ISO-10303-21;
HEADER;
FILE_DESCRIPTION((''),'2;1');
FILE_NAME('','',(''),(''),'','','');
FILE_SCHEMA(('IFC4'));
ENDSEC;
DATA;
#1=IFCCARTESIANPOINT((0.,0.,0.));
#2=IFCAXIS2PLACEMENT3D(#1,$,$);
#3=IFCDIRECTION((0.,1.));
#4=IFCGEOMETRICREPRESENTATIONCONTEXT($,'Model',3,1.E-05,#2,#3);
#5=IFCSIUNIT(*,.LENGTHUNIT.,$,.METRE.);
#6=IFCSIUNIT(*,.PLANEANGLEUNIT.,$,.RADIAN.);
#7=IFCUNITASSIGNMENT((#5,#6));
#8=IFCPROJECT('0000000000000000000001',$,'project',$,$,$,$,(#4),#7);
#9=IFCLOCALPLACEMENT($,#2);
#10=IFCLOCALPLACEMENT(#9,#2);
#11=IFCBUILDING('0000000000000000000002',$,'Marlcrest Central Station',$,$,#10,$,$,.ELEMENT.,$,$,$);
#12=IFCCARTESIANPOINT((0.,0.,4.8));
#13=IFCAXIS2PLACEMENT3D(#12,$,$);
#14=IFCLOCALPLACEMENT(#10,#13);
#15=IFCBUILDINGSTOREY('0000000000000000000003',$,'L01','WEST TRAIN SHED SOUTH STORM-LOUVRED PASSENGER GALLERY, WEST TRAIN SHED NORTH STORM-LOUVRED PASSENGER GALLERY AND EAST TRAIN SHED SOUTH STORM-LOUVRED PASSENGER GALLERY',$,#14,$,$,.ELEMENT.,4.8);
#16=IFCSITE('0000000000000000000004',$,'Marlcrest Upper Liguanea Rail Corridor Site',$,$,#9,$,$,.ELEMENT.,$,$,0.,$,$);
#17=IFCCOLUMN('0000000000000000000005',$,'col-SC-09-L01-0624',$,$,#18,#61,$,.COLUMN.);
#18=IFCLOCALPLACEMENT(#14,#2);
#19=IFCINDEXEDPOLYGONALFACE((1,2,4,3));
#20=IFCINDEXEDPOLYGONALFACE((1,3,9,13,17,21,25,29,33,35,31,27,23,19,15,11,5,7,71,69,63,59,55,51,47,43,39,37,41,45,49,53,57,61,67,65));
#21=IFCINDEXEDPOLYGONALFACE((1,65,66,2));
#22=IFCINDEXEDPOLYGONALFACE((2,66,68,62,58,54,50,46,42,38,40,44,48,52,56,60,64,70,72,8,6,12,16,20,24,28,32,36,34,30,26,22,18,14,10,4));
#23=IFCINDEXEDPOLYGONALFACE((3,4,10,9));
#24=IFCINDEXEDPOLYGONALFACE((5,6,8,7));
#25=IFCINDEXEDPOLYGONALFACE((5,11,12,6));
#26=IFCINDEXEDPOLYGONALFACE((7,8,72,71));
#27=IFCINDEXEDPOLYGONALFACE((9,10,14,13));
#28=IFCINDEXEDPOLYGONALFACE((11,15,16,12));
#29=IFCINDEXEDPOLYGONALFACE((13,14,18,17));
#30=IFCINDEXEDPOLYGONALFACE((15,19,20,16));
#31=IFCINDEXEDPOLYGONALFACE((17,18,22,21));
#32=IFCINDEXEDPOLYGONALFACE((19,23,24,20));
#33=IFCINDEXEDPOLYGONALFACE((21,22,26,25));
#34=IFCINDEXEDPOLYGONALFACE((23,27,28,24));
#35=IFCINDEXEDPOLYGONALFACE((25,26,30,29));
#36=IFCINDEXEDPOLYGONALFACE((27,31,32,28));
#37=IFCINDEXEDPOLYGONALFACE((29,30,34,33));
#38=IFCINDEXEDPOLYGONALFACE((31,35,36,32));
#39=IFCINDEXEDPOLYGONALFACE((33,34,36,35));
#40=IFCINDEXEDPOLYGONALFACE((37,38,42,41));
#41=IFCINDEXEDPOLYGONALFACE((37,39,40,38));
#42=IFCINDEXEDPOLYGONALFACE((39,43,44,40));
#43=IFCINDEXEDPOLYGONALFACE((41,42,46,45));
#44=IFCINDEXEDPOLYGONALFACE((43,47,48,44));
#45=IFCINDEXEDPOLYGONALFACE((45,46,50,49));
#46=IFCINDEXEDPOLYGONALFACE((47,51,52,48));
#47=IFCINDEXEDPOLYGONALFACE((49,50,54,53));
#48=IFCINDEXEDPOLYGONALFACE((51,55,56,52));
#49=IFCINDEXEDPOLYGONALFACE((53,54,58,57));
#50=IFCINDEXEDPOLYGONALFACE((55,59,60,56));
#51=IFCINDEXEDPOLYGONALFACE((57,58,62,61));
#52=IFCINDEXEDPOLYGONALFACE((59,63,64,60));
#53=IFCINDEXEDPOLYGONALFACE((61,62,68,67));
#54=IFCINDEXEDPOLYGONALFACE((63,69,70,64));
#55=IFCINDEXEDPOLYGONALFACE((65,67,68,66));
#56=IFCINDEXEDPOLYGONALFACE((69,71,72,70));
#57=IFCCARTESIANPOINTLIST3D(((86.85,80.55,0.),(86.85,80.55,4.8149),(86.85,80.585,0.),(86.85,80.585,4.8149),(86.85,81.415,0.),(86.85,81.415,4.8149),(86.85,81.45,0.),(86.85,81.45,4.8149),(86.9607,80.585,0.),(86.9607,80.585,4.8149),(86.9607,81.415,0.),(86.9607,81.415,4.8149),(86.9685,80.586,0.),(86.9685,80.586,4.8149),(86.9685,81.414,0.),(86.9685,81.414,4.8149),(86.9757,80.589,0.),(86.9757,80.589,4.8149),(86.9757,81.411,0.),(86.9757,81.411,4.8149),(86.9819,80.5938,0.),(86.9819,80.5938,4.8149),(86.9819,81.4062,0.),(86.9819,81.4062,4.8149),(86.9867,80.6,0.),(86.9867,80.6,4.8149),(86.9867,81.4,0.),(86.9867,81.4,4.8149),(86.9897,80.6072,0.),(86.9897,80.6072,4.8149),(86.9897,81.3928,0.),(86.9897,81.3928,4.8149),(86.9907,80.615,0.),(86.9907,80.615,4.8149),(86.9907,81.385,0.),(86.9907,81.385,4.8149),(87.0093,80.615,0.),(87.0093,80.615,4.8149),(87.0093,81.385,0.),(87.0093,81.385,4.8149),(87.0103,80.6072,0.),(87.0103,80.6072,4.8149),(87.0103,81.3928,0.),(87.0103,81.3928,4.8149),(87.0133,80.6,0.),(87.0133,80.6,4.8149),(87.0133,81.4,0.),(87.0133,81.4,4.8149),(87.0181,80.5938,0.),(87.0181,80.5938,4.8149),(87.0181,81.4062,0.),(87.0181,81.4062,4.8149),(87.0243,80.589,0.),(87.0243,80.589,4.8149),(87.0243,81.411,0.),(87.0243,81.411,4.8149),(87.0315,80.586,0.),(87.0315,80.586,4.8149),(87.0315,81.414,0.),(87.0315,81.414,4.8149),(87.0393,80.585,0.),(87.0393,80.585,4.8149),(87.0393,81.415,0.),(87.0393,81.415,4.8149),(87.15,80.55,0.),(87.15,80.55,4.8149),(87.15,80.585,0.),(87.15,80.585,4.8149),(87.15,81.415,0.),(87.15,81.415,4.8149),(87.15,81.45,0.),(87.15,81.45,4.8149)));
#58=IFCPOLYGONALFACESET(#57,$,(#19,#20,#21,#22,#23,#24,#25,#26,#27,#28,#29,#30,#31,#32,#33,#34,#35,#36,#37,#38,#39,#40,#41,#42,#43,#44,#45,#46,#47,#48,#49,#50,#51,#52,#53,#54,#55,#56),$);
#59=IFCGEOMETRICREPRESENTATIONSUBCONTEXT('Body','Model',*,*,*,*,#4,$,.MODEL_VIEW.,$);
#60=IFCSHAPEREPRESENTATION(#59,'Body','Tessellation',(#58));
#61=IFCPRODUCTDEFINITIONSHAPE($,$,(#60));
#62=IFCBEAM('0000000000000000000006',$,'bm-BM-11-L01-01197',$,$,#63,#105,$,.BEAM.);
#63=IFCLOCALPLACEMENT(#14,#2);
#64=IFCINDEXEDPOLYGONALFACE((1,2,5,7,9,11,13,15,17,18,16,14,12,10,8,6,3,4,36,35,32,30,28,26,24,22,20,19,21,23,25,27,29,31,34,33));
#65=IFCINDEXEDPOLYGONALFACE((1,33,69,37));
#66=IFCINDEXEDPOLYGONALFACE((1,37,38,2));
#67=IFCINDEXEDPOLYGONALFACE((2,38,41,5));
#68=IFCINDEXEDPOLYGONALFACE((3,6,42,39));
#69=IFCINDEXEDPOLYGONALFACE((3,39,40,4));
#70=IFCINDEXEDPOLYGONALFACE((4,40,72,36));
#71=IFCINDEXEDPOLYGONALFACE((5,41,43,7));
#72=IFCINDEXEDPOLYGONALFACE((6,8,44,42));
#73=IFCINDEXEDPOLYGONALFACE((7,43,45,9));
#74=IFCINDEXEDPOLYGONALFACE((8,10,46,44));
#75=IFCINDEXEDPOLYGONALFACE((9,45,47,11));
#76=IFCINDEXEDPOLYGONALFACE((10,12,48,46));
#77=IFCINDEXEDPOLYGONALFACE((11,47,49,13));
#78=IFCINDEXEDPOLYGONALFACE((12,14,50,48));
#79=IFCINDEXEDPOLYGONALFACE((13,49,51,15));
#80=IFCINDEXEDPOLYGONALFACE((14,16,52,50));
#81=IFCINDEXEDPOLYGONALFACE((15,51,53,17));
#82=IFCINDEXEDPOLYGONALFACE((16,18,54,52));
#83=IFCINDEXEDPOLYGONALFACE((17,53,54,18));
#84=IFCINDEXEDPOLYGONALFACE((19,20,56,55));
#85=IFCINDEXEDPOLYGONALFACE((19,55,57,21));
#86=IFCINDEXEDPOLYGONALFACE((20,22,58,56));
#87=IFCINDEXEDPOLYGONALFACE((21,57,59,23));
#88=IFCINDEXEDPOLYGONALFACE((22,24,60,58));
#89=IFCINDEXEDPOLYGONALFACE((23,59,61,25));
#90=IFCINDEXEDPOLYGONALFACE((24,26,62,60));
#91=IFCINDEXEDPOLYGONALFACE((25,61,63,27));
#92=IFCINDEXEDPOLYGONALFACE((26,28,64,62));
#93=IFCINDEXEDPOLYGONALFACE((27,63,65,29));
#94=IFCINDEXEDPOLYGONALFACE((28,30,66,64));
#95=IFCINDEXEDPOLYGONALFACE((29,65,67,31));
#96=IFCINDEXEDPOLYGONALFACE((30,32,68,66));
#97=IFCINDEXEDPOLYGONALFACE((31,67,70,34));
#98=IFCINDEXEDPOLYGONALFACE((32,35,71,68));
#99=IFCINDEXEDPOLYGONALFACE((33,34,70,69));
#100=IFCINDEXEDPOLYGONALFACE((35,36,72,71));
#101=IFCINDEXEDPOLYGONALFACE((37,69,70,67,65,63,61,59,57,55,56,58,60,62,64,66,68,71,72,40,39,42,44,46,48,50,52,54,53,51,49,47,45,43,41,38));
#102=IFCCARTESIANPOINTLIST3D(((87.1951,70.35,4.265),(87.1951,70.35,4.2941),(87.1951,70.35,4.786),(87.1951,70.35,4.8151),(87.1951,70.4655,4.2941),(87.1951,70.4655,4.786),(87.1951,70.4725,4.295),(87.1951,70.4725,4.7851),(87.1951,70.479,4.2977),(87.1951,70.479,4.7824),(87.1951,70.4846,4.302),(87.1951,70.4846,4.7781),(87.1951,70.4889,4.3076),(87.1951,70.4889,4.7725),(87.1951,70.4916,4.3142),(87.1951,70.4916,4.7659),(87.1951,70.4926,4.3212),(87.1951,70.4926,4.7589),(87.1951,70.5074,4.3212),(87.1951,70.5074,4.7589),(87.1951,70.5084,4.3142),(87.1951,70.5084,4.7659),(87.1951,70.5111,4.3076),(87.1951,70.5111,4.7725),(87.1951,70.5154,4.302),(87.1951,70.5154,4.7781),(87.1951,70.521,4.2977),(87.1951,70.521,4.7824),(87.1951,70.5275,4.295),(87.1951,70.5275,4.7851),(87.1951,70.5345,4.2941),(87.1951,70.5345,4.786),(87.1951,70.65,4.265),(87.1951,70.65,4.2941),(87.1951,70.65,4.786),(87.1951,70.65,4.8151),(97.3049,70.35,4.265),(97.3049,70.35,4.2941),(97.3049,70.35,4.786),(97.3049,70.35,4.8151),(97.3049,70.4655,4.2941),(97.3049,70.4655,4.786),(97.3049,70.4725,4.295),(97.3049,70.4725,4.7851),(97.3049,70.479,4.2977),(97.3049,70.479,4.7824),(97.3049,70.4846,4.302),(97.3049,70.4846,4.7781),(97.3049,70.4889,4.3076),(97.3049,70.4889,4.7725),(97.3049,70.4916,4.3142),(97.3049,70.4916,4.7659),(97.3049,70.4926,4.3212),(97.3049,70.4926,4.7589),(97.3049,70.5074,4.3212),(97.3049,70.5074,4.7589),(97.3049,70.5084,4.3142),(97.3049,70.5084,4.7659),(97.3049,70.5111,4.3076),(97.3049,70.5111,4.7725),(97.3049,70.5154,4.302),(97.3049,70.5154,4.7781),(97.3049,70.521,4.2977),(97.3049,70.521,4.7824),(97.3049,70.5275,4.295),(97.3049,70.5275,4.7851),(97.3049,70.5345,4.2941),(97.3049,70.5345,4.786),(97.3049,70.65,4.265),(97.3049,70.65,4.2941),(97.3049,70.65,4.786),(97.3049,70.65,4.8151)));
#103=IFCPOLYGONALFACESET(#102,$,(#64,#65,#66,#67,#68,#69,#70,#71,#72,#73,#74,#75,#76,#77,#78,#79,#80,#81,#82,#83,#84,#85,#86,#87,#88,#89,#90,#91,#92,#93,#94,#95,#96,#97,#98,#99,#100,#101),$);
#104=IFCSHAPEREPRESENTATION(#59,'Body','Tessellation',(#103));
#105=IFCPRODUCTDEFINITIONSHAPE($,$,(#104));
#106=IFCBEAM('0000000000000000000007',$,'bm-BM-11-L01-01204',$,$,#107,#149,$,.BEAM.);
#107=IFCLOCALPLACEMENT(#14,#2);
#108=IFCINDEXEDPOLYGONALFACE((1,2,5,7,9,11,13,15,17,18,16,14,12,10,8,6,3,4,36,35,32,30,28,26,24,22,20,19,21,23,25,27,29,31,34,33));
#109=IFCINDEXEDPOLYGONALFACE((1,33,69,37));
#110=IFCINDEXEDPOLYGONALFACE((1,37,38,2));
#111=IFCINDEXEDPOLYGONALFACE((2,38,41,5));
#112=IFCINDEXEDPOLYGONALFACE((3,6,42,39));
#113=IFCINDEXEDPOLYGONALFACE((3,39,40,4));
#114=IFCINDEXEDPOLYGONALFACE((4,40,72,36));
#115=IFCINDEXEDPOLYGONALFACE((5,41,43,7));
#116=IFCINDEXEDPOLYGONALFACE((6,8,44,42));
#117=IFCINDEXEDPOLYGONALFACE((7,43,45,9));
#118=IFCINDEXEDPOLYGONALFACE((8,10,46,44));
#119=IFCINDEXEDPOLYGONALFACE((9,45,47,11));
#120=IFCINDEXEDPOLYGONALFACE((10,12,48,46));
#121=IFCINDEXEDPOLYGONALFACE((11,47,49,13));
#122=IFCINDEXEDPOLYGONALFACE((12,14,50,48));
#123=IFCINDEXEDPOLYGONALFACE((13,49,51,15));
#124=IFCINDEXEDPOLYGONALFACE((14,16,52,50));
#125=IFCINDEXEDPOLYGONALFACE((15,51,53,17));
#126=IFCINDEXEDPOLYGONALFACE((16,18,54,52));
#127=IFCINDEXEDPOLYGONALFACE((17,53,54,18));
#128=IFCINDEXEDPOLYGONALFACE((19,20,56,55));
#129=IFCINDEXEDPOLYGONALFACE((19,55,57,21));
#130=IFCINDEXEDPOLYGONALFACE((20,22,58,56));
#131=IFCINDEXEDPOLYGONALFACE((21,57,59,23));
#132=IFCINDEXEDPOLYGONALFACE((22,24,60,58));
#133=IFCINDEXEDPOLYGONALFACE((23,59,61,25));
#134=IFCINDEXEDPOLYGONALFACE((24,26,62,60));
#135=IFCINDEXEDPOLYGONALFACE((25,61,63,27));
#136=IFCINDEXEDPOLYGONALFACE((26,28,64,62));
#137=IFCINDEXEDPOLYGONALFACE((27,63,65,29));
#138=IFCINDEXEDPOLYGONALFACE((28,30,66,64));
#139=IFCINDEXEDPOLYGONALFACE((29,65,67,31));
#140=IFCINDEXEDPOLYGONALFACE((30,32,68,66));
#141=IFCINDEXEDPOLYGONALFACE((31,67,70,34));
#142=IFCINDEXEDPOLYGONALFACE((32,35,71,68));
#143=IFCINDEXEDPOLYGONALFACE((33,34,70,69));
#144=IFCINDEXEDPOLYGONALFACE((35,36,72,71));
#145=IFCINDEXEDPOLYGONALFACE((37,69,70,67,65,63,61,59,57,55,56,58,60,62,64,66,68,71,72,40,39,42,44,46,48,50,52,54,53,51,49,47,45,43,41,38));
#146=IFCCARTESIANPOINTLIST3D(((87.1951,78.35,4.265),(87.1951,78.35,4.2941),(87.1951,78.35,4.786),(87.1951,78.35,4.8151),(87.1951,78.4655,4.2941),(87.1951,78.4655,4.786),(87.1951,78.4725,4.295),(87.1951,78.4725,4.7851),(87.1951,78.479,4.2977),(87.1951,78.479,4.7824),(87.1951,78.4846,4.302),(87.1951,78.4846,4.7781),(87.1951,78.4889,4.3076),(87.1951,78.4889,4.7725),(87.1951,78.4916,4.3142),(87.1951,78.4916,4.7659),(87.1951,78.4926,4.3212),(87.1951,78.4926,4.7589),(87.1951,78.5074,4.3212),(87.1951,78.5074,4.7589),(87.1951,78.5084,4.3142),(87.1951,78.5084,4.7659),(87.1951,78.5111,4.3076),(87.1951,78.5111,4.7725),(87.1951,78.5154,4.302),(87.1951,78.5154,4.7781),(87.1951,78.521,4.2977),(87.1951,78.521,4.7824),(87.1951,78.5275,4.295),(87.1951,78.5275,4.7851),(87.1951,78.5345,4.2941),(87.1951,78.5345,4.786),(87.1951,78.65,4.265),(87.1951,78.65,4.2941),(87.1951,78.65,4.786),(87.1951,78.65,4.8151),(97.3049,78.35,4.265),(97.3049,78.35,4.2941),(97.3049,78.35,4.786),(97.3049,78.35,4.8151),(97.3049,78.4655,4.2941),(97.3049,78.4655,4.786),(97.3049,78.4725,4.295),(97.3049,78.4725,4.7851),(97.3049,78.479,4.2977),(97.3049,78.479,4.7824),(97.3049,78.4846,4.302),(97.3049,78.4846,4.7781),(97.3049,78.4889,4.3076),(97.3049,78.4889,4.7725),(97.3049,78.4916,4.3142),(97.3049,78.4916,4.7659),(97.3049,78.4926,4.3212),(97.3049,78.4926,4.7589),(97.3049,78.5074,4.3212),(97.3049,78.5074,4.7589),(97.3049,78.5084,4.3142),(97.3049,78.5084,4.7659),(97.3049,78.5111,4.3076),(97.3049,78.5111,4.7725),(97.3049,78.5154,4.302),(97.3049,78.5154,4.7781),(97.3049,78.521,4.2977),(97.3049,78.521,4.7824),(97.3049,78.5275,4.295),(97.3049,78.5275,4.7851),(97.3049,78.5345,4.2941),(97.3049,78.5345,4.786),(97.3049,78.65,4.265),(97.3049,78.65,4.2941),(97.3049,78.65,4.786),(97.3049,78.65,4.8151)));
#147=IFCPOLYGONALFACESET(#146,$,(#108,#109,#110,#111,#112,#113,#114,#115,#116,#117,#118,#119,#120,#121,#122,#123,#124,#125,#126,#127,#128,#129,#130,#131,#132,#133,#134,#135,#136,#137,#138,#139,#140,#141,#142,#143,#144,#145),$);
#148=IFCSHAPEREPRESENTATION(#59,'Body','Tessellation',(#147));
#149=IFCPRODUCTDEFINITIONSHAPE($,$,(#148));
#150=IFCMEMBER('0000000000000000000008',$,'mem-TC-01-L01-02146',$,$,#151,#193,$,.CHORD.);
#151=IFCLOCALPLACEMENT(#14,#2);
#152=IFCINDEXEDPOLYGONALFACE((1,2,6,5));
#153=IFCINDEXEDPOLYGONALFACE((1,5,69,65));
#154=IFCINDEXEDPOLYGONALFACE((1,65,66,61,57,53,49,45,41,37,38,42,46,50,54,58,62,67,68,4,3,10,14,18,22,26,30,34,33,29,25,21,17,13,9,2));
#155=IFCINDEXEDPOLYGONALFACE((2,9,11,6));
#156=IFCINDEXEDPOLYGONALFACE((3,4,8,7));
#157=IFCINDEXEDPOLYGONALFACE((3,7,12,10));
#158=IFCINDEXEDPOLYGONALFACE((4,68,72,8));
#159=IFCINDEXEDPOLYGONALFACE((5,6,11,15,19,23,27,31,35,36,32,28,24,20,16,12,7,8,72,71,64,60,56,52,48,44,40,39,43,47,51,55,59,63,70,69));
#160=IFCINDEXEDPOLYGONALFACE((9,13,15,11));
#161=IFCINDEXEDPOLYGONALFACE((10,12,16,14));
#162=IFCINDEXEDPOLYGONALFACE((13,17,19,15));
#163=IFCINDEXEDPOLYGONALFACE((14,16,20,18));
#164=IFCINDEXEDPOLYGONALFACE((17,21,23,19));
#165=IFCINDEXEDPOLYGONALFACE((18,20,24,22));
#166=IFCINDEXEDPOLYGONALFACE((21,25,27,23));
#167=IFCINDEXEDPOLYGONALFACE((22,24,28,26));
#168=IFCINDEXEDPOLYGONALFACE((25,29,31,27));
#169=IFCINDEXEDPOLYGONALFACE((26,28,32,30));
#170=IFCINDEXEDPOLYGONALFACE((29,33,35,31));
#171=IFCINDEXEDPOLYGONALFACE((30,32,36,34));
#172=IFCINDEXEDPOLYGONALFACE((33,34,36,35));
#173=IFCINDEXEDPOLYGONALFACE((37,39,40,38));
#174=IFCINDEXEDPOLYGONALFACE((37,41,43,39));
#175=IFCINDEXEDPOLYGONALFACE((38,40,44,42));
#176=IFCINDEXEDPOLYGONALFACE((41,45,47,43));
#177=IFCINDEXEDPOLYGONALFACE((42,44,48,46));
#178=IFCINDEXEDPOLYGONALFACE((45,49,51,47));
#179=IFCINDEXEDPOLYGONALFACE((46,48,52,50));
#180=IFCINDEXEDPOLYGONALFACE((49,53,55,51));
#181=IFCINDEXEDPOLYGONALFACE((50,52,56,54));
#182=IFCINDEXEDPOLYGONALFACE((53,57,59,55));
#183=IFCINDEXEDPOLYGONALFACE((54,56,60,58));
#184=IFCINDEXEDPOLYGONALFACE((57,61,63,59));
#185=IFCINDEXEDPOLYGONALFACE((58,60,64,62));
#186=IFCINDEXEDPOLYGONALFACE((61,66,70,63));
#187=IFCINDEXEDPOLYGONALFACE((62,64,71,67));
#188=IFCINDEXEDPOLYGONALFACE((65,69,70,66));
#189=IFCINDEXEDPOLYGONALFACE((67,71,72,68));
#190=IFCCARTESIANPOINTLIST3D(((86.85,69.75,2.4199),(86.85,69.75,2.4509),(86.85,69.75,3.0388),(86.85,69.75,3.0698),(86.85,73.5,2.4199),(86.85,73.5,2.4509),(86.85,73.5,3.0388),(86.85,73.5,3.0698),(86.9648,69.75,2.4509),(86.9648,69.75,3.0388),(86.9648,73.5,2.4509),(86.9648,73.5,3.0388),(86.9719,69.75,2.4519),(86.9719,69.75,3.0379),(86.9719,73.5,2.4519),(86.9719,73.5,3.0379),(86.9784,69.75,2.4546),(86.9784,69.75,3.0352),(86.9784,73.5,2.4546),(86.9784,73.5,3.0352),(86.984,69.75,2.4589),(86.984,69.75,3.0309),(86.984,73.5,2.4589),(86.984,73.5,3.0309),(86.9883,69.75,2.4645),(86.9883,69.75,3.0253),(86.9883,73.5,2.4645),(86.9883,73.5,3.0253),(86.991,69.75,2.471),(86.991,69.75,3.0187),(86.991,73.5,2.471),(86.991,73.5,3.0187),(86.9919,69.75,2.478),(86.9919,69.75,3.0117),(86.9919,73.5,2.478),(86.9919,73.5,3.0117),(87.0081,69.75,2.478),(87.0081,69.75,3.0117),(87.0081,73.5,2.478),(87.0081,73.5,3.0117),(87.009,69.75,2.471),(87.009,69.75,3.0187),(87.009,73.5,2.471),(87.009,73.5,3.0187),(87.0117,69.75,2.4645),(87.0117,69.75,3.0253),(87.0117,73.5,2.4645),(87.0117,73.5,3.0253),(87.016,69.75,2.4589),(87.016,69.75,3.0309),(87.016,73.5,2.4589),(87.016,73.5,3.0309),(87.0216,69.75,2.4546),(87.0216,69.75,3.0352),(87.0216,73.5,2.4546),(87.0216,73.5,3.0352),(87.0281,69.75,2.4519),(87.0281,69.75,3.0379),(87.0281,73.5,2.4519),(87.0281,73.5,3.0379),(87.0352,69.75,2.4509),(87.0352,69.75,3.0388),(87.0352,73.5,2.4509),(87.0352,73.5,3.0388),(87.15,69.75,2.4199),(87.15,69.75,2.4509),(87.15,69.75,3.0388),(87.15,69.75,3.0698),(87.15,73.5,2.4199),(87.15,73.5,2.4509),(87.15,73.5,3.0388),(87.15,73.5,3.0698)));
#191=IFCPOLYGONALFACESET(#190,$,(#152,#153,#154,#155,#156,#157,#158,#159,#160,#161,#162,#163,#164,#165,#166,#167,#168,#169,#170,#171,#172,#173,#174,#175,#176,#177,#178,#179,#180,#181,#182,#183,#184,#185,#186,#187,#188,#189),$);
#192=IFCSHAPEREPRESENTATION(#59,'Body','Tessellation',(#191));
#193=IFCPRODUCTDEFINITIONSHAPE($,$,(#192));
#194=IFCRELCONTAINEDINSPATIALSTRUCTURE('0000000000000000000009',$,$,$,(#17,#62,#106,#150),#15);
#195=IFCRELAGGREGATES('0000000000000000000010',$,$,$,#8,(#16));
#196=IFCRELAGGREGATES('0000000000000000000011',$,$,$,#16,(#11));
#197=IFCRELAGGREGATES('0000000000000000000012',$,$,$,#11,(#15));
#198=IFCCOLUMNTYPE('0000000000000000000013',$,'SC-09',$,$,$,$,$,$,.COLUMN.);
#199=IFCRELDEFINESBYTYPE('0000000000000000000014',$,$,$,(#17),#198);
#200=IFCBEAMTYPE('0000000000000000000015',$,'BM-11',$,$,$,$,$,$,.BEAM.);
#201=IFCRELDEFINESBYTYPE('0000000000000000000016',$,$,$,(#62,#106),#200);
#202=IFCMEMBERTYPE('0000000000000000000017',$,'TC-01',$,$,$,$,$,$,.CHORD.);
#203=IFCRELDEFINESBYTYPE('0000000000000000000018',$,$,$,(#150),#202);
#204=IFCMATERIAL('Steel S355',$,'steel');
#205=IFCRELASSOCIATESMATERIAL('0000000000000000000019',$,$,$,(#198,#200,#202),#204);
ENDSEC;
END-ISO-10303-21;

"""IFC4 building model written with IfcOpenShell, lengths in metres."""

from ifc_helpers import new_model, si_unit, direction, frame, origin, origin_2d, place, context, subcontext, project, spatial, i_section, extrude, material, material_profile, profile_set, type_object, element, save


model = new_model("IFC4")

# Units and contexts
model_context = context("Model", 3, precision=1e-05, world=origin(), true_north=direction((0.0, 1.0)))
body_context = subcontext(model_context, "Body", "Model", "MODEL_VIEW")
ifc_project = project(units=[si_unit("LENGTHUNIT", "METRE"), si_unit("PLANEANGLEUNIT", "RADIAN")], contexts=[model_context])

# Site, building, storey
site_placement = place(None, origin())
site = spatial("IfcSite", under=ifc_project, at=site_placement, Name="Marlcrest Upper Liguanea Rail Corridor Site", CompositionType="ELEMENT", RefElevation=0.0)
building_placement = place(site_placement, origin())
building = spatial("IfcBuilding", under=site, at=building_placement, Name="Marlcrest Central Station", CompositionType="ELEMENT")
storey_placement = place(building_placement, frame((0.0, 0.0, 4.8)))
storey = spatial("IfcBuildingStorey", under=building, at=storey_placement, Name="L01", Description="WEST TRAIN SHED SOUTH STORM-LOUVRED PASSENGER GALLERY, WEST TRAIN SHED NORTH STORM-LOUVRED PASSENGER GALLERY AND EAST TRAIN SHED SOUTH STORM-LOUVRED PASSENGER GALLERY", CompositionType="ELEMENT", Elevation=4.8)

# Column
ifc_material = material(Name="Steel S355", Category="steel")
ifc_material_profile_1 = material_profile(ifc_material, i_section(OverallWidth=0.3, OverallDepth=0.8999, WebThickness=0.0186, FlangeThickness=0.0349, FilletRadius=0.03, at=origin_2d()), Name="HEB 900")
ifc_profile_set_1 = profile_set([ifc_material_profile_1], Name="Steel S355")
column_type = type_object("IfcColumnType", Name="SC-09", PredefinedType="COLUMN", material=ifc_profile_set_1)
column_placement = place(storey_placement, frame((87.0, 81.0, 0.0), z_axis=(0.0, 0.0, 1.0), x_axis=(1.0, 0.0, 0.0)))
element("IfcColumn", 1, at=column_placement, inside=storey, type_object=column_type, Name="col-SC-09-L01-0624", PredefinedType="COLUMN", context=body_context, shape_type="SweptSolid", body=[
    extrude(i_section(OverallWidth=0.3, OverallDepth=0.8999, WebThickness=0.0186, FlangeThickness=0.0349, FilletRadius=0.03, at=origin_2d()), origin(), (0.0, 0.0, 1.0), 4.8149),
])

# Beams
ifc_material_profile_2 = material_profile(ifc_material, i_section(OverallWidth=0.3, OverallDepth=0.55, WebThickness=0.0149, FlangeThickness=0.0291, FilletRadius=0.0271, at=origin_2d()), Name="HEB 550")
ifc_profile_set_2 = profile_set([ifc_material_profile_2], Name="Steel S355")
beam_type = type_object("IfcBeamType", Name="BM-11", PredefinedType="BEAM", material=ifc_profile_set_2)
for number, where, z_axis, x_axis, name in (
    (2, (87.1951, 70.5, 4.54), (1.0, 0.0, 0.0), (0.0, 1.0, 0.0), "bm-BM-11-L01-01197"),
    (3, (87.1951, 78.5, 4.54), (1.0, 0.0, 0.0), (0.0, 1.0, 0.0), "bm-BM-11-L01-01204"),
):
    element("IfcBeam", number, at=place(storey_placement, frame(where, z_axis=z_axis, x_axis=x_axis)), inside=storey, type_object=beam_type, Name=name, PredefinedType="BEAM", context=body_context, shape_type="SweptSolid", body=[
        extrude(i_section(OverallWidth=0.3, OverallDepth=0.55, WebThickness=0.0149, FlangeThickness=0.0291, FilletRadius=0.0271, at=origin_2d()), origin(), (0.0, 0.0, 1.0), 10.1099),
    ])

# Member
ifc_material_profile_3 = material_profile(ifc_material, i_section(OverallWidth=0.3, OverallDepth=0.6499, WebThickness=0.0161, FlangeThickness=0.031, FilletRadius=0.0271, at=origin_2d()), Name="HEB 650")
ifc_profile_set_3 = profile_set([ifc_material_profile_3], Name="Steel S355")
member_type_1 = type_object("IfcMemberType", Name="TC-01", PredefinedType="CHORD", material=ifc_profile_set_3)
for number, where, z_axis, x_axis, name in (
    (4, (87.0, 69.75, 2.7449), (0.0, 1.0, 0.0), (-1.0, 0.0, 0.0), "mem-TC-01-L01-02146"),
):
    element("IfcMember", number, at=place(storey_placement, frame(where, z_axis=z_axis, x_axis=x_axis)), inside=storey, type_object=member_type_1, Name=name, PredefinedType="CHORD", context=body_context, shape_type="SweptSolid", body=[
        extrude(i_section(OverallWidth=0.3, OverallDepth=0.6499, WebThickness=0.0161, FlangeThickness=0.031, FilletRadius=0.0271, at=origin_2d()), origin(), (0.0, 0.0, 1.0), 3.75),
    ])

save(model, "model.ifc")
